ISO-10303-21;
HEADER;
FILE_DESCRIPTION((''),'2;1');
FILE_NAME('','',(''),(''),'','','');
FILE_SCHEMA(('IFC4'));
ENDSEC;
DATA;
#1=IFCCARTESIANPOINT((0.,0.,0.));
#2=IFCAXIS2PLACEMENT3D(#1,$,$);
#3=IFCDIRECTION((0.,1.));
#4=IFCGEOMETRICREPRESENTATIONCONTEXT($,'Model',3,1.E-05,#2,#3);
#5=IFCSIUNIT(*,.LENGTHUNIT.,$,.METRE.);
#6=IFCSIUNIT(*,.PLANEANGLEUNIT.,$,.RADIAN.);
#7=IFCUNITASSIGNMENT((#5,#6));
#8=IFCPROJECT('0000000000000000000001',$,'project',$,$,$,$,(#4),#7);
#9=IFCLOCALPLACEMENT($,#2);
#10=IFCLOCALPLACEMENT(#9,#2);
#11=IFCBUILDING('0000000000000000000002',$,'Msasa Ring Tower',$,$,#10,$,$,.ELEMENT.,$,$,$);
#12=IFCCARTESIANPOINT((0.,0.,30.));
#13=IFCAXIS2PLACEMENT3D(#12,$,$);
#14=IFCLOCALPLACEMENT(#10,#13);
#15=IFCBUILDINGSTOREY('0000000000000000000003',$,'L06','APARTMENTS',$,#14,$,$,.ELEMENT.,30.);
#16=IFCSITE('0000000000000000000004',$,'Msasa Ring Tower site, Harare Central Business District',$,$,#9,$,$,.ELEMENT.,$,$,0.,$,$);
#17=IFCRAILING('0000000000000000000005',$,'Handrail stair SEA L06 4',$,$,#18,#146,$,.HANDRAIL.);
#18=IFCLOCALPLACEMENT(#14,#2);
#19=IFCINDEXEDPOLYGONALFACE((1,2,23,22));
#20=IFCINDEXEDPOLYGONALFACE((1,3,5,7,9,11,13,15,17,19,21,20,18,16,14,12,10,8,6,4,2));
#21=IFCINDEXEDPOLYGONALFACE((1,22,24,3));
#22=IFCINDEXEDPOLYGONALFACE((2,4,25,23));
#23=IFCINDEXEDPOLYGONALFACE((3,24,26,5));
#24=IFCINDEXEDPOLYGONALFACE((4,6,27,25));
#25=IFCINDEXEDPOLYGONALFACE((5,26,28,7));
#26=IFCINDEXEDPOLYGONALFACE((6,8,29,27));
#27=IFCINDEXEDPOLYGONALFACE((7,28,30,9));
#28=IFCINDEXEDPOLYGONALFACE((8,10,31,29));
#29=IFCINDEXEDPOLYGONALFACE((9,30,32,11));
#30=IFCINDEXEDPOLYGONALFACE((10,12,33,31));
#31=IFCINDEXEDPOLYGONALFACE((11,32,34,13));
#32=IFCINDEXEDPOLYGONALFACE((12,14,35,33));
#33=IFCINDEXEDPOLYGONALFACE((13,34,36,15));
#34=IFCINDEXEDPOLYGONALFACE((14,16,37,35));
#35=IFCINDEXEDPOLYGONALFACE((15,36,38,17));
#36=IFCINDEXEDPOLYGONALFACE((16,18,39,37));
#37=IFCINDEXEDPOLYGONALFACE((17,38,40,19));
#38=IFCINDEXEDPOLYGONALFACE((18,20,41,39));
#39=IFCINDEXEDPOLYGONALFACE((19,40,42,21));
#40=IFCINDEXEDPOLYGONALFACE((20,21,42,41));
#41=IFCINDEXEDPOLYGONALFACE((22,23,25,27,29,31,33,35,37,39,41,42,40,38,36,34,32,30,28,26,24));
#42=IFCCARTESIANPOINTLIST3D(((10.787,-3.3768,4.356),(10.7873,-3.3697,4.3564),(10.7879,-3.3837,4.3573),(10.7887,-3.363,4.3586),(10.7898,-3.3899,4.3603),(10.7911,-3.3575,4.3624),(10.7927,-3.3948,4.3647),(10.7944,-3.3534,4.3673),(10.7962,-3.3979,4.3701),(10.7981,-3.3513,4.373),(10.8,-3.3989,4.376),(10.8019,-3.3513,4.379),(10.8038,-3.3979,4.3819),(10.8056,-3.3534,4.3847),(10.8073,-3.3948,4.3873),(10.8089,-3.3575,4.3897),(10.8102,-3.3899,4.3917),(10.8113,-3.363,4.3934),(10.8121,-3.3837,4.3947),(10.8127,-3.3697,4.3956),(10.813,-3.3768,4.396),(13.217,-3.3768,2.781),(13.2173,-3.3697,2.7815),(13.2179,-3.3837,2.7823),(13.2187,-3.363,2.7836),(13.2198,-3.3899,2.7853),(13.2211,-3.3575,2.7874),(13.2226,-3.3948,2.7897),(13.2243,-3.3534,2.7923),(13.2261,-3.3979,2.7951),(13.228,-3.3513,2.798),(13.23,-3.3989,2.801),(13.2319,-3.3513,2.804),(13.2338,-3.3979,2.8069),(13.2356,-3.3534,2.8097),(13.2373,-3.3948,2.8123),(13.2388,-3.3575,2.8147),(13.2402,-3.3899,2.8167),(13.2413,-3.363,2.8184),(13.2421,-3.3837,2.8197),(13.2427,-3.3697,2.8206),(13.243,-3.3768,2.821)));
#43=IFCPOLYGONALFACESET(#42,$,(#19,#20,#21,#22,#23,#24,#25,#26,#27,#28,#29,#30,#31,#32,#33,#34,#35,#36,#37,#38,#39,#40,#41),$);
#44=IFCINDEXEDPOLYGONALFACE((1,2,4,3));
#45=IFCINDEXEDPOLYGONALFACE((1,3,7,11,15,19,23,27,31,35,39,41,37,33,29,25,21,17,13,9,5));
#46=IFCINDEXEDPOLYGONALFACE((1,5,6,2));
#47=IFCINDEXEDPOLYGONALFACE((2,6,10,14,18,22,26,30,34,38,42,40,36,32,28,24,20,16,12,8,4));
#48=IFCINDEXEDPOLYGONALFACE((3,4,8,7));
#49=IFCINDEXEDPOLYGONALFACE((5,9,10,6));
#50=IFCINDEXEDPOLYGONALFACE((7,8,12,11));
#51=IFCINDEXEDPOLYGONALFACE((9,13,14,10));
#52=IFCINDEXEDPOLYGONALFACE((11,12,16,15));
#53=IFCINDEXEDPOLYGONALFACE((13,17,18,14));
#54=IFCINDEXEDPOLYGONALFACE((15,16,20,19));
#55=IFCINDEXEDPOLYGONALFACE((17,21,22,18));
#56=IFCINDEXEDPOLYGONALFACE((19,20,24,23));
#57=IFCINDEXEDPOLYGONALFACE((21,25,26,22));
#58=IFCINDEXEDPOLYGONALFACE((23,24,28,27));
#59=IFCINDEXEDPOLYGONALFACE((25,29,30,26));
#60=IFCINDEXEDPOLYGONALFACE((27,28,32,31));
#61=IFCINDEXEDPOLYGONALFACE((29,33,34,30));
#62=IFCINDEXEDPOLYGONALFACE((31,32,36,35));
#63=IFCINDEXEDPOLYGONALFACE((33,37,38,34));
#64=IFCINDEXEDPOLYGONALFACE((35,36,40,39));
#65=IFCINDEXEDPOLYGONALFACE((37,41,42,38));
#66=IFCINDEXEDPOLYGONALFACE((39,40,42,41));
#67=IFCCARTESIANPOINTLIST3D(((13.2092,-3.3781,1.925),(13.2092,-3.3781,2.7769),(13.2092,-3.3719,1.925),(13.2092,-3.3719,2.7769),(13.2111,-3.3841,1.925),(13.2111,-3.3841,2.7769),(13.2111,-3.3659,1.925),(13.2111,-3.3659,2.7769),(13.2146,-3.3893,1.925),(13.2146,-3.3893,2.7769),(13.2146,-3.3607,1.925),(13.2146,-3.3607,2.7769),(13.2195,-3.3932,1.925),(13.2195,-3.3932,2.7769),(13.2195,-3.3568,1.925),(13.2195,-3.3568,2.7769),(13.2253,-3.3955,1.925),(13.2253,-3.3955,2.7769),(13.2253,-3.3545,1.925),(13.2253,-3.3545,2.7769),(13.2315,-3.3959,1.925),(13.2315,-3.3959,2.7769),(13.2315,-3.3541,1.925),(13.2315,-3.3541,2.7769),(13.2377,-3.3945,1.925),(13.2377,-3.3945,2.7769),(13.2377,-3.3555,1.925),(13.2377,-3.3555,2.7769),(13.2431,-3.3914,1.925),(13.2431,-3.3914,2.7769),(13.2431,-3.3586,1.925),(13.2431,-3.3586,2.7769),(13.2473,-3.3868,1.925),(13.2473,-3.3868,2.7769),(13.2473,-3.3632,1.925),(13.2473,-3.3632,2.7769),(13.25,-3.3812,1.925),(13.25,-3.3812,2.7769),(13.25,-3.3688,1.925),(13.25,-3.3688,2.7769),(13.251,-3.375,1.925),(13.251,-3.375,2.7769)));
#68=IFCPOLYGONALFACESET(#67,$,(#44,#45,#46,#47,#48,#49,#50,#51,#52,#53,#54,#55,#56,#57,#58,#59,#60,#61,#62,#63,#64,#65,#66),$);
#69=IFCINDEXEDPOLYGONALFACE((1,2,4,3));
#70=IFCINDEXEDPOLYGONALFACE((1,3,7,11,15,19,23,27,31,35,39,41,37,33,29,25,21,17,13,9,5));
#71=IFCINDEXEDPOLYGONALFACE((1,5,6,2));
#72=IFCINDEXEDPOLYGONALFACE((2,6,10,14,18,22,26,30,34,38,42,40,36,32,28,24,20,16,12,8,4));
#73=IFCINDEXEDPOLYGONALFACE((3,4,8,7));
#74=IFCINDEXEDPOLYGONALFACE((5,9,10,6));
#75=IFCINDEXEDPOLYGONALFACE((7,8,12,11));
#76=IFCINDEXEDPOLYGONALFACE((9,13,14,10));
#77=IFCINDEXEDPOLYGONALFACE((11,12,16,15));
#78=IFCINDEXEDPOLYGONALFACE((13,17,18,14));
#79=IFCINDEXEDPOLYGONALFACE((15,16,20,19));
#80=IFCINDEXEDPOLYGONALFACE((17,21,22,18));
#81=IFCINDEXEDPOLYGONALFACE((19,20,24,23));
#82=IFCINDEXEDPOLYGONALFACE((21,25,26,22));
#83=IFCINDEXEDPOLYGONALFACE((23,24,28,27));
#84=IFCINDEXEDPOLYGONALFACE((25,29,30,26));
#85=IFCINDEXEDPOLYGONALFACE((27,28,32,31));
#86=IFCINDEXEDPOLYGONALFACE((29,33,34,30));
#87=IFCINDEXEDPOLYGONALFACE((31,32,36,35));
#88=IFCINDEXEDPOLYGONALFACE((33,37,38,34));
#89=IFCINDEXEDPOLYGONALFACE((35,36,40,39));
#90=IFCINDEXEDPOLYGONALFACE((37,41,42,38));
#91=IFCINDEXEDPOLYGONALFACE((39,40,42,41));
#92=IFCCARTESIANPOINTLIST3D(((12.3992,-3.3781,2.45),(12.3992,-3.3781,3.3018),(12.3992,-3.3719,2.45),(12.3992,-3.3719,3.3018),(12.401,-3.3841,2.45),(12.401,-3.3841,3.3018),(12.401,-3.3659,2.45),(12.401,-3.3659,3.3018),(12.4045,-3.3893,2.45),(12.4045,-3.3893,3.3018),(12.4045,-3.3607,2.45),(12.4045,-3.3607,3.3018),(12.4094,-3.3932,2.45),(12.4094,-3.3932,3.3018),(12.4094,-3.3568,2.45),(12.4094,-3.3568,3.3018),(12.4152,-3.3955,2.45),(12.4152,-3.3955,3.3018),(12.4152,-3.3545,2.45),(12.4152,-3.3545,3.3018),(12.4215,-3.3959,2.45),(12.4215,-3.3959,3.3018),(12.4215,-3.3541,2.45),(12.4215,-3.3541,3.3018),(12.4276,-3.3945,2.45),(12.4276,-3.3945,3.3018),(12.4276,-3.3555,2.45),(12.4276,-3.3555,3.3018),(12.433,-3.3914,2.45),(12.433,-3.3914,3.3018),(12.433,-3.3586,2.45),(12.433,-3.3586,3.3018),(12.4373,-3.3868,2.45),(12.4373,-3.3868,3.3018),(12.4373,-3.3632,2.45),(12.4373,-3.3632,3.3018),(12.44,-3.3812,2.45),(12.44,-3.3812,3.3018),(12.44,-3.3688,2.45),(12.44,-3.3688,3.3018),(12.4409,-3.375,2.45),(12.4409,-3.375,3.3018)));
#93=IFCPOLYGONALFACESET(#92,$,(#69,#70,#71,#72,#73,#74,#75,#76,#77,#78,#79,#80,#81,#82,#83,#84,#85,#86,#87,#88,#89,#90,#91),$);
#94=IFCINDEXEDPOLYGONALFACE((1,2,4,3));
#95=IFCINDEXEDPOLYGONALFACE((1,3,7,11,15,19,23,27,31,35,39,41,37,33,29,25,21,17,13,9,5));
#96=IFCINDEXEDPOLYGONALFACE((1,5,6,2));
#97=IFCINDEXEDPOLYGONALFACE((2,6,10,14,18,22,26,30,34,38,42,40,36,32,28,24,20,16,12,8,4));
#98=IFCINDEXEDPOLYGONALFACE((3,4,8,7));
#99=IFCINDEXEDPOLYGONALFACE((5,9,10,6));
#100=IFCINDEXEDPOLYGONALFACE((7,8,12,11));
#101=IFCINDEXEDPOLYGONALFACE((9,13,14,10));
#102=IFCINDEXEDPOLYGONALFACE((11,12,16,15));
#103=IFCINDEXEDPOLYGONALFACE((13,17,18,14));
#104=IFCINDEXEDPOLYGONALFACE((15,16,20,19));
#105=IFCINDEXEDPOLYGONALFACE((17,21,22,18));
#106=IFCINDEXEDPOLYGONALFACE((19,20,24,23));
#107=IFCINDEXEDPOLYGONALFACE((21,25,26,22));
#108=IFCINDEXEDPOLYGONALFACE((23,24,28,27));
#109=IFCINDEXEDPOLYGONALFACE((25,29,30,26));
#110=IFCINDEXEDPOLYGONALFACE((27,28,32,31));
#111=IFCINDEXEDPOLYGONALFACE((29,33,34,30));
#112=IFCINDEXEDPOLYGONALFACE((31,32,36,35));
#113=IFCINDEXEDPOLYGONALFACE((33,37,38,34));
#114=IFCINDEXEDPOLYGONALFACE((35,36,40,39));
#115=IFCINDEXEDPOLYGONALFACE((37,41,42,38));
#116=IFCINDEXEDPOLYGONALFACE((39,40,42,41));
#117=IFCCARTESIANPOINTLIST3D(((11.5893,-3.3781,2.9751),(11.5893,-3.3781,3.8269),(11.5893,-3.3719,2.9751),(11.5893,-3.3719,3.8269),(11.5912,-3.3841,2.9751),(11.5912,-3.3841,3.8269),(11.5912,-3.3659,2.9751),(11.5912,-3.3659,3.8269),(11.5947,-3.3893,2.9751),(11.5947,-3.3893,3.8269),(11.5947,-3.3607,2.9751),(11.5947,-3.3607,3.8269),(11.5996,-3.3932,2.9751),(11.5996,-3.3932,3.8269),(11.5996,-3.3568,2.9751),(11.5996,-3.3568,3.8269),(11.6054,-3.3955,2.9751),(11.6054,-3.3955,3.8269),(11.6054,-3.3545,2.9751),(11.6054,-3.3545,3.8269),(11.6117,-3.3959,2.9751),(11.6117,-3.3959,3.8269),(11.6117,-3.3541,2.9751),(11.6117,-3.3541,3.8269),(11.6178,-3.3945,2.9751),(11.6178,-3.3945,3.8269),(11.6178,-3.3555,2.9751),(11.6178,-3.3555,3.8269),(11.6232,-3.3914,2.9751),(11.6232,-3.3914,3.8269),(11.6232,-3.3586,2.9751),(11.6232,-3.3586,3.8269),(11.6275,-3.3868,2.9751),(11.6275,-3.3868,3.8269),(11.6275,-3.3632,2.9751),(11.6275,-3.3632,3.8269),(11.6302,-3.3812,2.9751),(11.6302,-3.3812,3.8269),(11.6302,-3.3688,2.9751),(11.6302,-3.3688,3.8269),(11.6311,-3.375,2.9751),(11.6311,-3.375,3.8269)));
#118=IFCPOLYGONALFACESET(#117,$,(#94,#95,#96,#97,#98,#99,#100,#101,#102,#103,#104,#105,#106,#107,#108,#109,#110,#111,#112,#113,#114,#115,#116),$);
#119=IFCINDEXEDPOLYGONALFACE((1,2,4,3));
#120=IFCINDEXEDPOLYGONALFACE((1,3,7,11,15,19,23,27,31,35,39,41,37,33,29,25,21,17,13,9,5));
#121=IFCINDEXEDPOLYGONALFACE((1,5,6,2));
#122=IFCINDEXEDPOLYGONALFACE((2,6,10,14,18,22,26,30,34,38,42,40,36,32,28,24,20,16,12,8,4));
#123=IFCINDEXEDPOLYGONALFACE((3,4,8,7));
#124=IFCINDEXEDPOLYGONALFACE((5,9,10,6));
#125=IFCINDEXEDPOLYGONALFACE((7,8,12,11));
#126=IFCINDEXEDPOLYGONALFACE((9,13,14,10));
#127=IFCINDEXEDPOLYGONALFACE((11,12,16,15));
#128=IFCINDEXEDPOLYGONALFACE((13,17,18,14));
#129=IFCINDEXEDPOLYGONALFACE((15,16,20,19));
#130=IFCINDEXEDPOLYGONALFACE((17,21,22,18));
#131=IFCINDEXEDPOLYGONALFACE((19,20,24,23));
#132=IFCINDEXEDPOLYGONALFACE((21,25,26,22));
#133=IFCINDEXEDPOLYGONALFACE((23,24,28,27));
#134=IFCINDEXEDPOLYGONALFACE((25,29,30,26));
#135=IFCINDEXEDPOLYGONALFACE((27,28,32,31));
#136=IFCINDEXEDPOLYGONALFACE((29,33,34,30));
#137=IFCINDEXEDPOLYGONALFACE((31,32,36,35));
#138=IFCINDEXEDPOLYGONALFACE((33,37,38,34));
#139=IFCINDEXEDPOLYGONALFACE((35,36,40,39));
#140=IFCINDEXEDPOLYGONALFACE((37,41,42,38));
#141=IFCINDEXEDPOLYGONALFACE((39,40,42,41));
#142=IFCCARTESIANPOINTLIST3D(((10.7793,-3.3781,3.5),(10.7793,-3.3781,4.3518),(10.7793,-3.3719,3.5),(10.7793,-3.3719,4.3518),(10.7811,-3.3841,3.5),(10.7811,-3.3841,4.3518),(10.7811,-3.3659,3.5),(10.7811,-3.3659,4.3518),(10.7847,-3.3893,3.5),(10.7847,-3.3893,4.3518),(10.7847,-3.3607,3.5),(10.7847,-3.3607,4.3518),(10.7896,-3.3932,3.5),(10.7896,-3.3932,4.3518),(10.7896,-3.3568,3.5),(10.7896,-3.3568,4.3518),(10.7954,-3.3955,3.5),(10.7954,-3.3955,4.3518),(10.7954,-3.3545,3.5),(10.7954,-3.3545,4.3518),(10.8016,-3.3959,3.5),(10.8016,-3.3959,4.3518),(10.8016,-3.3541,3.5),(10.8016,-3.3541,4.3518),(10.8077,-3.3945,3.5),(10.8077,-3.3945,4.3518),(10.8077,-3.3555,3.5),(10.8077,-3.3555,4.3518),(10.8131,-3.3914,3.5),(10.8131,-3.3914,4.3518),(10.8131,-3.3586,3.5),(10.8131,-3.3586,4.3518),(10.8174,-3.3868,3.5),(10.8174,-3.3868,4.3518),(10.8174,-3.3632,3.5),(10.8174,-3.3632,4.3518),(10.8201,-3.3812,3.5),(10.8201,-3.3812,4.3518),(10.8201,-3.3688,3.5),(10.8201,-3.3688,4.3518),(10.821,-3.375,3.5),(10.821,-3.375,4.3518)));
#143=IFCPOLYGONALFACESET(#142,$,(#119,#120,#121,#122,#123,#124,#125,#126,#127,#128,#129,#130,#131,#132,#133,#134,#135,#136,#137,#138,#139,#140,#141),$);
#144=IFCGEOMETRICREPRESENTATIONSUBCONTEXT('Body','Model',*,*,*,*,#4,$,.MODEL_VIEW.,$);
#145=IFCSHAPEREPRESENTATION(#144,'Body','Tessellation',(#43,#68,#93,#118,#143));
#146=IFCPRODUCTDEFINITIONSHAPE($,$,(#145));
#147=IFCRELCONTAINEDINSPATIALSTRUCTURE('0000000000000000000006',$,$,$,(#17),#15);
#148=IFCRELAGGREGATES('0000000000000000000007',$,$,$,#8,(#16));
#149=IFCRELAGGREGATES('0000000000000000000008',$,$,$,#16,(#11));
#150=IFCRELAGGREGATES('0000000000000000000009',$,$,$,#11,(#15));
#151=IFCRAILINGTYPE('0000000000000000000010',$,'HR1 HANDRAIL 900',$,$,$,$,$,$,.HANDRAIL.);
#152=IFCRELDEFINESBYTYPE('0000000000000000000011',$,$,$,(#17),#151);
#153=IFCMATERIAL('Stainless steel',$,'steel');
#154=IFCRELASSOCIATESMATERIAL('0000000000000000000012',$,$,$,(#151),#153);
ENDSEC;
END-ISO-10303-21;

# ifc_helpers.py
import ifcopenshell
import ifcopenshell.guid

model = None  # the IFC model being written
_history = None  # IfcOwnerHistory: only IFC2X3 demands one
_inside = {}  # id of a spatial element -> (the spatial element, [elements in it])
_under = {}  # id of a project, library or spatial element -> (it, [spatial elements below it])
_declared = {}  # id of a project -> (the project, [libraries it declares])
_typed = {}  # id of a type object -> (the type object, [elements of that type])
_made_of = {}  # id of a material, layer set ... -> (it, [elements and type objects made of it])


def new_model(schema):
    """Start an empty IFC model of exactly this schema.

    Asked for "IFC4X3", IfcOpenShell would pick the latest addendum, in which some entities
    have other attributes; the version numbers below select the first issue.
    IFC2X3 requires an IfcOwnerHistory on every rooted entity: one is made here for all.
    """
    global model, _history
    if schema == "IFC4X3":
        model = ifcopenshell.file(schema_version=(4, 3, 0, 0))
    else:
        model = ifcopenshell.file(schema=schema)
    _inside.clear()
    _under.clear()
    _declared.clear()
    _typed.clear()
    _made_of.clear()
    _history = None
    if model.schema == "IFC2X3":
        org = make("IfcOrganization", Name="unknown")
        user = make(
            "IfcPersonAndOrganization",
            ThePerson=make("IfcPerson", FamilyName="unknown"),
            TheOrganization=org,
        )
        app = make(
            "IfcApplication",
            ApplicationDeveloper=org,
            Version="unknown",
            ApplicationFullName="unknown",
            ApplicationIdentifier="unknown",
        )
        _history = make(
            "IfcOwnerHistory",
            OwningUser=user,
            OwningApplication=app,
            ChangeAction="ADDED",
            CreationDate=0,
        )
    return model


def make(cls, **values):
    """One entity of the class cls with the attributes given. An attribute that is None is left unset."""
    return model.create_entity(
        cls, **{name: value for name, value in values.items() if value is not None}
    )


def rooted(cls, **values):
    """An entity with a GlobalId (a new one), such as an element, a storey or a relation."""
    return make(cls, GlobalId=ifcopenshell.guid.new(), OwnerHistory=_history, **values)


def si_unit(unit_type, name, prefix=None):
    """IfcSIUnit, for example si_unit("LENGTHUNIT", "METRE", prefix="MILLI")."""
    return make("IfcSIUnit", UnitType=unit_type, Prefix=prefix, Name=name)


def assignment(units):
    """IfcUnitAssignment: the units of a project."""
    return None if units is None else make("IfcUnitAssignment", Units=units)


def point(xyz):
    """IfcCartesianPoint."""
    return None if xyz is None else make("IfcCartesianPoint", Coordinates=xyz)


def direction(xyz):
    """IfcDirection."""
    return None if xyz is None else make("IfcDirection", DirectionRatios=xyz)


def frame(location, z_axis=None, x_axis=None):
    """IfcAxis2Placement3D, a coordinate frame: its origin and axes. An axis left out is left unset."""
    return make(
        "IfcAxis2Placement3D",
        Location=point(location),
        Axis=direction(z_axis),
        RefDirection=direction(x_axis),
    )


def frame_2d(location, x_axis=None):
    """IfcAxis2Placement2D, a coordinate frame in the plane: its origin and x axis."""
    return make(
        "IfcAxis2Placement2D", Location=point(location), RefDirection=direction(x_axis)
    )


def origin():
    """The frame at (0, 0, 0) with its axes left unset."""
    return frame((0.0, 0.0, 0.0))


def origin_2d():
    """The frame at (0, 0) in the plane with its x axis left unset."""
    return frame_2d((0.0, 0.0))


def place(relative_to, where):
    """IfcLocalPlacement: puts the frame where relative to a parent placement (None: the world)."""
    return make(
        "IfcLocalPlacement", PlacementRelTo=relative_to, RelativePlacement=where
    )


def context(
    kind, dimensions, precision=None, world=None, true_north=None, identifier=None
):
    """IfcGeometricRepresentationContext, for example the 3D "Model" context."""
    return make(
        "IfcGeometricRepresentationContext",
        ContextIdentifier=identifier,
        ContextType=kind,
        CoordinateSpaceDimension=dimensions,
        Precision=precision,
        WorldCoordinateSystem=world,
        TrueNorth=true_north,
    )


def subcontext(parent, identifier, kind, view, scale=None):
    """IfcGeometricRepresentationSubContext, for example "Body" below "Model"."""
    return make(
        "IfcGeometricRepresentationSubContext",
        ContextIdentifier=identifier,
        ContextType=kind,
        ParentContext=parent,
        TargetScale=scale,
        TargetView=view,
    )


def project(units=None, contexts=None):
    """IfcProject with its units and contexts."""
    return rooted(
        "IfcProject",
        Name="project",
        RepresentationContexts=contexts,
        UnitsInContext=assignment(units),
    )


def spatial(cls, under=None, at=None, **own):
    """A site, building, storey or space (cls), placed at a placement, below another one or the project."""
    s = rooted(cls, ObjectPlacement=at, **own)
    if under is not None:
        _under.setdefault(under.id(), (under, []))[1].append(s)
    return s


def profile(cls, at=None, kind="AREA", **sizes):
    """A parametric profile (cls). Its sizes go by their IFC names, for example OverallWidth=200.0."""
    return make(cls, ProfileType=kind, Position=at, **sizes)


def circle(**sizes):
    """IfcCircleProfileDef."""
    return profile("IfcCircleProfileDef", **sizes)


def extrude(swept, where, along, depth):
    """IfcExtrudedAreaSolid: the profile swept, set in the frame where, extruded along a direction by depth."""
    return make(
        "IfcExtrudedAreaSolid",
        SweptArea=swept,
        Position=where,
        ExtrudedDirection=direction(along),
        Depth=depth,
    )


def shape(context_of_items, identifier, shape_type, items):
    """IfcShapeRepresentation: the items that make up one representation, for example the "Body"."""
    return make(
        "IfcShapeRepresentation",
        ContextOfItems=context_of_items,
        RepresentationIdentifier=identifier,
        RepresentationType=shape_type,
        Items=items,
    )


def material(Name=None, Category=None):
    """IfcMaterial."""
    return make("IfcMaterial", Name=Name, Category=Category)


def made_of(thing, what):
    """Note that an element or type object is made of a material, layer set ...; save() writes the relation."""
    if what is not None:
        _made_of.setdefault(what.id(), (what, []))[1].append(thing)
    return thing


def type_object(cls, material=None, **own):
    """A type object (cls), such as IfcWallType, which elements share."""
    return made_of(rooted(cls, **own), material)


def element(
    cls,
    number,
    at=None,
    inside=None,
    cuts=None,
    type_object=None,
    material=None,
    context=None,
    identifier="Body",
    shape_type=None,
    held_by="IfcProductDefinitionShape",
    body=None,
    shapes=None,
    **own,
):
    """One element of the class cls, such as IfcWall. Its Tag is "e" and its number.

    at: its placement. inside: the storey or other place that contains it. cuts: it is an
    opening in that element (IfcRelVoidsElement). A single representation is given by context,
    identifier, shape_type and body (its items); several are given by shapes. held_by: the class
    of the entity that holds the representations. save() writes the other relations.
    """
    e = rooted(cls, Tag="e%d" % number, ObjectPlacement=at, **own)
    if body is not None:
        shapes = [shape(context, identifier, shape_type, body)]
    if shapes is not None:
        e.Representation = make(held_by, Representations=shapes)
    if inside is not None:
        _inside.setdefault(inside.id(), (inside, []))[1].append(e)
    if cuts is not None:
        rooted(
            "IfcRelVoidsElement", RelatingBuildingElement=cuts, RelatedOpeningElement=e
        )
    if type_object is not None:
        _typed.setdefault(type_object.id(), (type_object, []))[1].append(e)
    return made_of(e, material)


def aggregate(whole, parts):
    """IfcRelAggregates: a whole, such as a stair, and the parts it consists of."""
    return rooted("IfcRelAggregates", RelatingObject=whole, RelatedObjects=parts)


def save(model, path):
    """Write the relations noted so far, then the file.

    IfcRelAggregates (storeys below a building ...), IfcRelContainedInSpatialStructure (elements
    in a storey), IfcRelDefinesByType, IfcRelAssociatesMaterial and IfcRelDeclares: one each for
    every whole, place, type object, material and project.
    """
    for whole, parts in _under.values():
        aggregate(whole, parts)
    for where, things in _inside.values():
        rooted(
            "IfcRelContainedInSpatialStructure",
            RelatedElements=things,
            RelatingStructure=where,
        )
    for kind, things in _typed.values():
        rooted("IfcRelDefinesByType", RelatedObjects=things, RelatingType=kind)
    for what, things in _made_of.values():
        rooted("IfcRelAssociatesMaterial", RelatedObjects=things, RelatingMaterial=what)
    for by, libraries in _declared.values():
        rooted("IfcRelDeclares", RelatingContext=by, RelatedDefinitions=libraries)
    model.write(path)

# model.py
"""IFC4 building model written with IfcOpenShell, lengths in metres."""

from ifc_helpers import new_model, si_unit, direction, frame, origin, origin_2d, place, context, subcontext, project, spatial, circle, extrude, material, type_object, element, save


model = new_model("IFC4")

# Units and contexts
model_context = context("Model", 3, precision=1e-05, world=origin(), true_north=direction((0.0, 1.0)))
body_context = subcontext(model_context, "Body", "Model", "MODEL_VIEW")
ifc_project = project(units=[si_unit("LENGTHUNIT", "METRE"), si_unit("PLANEANGLEUNIT", "RADIAN")], contexts=[model_context])

# Site, building, storey
site_placement = place(None, origin())
site = spatial("IfcSite", under=ifc_project, at=site_placement, Name="Msasa Ring Tower site, Harare Central Business District", CompositionType="ELEMENT", RefElevation=0.0)
building_placement = place(site_placement, origin())
building = spatial("IfcBuilding", under=site, at=building_placement, Name="Msasa Ring Tower", CompositionType="ELEMENT")
storey_placement = place(building_placement, frame((0.0, 0.0, 30.0)))
storey = spatial("IfcBuildingStorey", under=building, at=storey_placement, Name="L06", Description="APARTMENTS", CompositionType="ELEMENT", Elevation=30.0)

# Railing
ifc_material_1 = material(Name="Stainless steel", Category="steel")
railing_type = type_object("IfcRailingType", Name="HR1 HANDRAIL 900", PredefinedType="HANDRAIL", material=ifc_material_1)
for number, where, name in (
    (1, (13.23, -3.375, 1.925), "Handrail stair SEA L06 4"),
):
    element("IfcRailing", number, at=place(storey_placement, frame(where)), inside=storey, type_object=railing_type, Name=name, PredefinedType="HANDRAIL", context=body_context, shape_type="SweptSolid", body=[
        extrude(circle(Radius=0.0239, at=origin_2d()), frame((0.0, 0.0, 0.876), z_axis=(-0.839154, 0.0, 0.543894), x_axis=(0.0, -1.0, 0.0)), (0.0, 0.0, 1.0), 2.8958),
        extrude(circle(Radius=0.021, at=origin_2d()), origin(), (0.0, 0.0, 1.0), 0.8518),
        extrude(circle(Radius=0.021, at=origin_2d()), frame((-0.8101, 0.0, 0.5249)), (0.0, 0.0, 1.0), 0.8518),
        extrude(circle(Radius=0.021, at=origin_2d()), frame((-1.6199, 0.0, 1.05)), (0.0, 0.0, 1.0), 0.8518),
        extrude(circle(Radius=0.021, at=origin_2d()), frame((-2.4299, 0.0, 1.575)), (0.0, 0.0, 1.0), 0.8518),
    ])

save(model, "model.ifc")
